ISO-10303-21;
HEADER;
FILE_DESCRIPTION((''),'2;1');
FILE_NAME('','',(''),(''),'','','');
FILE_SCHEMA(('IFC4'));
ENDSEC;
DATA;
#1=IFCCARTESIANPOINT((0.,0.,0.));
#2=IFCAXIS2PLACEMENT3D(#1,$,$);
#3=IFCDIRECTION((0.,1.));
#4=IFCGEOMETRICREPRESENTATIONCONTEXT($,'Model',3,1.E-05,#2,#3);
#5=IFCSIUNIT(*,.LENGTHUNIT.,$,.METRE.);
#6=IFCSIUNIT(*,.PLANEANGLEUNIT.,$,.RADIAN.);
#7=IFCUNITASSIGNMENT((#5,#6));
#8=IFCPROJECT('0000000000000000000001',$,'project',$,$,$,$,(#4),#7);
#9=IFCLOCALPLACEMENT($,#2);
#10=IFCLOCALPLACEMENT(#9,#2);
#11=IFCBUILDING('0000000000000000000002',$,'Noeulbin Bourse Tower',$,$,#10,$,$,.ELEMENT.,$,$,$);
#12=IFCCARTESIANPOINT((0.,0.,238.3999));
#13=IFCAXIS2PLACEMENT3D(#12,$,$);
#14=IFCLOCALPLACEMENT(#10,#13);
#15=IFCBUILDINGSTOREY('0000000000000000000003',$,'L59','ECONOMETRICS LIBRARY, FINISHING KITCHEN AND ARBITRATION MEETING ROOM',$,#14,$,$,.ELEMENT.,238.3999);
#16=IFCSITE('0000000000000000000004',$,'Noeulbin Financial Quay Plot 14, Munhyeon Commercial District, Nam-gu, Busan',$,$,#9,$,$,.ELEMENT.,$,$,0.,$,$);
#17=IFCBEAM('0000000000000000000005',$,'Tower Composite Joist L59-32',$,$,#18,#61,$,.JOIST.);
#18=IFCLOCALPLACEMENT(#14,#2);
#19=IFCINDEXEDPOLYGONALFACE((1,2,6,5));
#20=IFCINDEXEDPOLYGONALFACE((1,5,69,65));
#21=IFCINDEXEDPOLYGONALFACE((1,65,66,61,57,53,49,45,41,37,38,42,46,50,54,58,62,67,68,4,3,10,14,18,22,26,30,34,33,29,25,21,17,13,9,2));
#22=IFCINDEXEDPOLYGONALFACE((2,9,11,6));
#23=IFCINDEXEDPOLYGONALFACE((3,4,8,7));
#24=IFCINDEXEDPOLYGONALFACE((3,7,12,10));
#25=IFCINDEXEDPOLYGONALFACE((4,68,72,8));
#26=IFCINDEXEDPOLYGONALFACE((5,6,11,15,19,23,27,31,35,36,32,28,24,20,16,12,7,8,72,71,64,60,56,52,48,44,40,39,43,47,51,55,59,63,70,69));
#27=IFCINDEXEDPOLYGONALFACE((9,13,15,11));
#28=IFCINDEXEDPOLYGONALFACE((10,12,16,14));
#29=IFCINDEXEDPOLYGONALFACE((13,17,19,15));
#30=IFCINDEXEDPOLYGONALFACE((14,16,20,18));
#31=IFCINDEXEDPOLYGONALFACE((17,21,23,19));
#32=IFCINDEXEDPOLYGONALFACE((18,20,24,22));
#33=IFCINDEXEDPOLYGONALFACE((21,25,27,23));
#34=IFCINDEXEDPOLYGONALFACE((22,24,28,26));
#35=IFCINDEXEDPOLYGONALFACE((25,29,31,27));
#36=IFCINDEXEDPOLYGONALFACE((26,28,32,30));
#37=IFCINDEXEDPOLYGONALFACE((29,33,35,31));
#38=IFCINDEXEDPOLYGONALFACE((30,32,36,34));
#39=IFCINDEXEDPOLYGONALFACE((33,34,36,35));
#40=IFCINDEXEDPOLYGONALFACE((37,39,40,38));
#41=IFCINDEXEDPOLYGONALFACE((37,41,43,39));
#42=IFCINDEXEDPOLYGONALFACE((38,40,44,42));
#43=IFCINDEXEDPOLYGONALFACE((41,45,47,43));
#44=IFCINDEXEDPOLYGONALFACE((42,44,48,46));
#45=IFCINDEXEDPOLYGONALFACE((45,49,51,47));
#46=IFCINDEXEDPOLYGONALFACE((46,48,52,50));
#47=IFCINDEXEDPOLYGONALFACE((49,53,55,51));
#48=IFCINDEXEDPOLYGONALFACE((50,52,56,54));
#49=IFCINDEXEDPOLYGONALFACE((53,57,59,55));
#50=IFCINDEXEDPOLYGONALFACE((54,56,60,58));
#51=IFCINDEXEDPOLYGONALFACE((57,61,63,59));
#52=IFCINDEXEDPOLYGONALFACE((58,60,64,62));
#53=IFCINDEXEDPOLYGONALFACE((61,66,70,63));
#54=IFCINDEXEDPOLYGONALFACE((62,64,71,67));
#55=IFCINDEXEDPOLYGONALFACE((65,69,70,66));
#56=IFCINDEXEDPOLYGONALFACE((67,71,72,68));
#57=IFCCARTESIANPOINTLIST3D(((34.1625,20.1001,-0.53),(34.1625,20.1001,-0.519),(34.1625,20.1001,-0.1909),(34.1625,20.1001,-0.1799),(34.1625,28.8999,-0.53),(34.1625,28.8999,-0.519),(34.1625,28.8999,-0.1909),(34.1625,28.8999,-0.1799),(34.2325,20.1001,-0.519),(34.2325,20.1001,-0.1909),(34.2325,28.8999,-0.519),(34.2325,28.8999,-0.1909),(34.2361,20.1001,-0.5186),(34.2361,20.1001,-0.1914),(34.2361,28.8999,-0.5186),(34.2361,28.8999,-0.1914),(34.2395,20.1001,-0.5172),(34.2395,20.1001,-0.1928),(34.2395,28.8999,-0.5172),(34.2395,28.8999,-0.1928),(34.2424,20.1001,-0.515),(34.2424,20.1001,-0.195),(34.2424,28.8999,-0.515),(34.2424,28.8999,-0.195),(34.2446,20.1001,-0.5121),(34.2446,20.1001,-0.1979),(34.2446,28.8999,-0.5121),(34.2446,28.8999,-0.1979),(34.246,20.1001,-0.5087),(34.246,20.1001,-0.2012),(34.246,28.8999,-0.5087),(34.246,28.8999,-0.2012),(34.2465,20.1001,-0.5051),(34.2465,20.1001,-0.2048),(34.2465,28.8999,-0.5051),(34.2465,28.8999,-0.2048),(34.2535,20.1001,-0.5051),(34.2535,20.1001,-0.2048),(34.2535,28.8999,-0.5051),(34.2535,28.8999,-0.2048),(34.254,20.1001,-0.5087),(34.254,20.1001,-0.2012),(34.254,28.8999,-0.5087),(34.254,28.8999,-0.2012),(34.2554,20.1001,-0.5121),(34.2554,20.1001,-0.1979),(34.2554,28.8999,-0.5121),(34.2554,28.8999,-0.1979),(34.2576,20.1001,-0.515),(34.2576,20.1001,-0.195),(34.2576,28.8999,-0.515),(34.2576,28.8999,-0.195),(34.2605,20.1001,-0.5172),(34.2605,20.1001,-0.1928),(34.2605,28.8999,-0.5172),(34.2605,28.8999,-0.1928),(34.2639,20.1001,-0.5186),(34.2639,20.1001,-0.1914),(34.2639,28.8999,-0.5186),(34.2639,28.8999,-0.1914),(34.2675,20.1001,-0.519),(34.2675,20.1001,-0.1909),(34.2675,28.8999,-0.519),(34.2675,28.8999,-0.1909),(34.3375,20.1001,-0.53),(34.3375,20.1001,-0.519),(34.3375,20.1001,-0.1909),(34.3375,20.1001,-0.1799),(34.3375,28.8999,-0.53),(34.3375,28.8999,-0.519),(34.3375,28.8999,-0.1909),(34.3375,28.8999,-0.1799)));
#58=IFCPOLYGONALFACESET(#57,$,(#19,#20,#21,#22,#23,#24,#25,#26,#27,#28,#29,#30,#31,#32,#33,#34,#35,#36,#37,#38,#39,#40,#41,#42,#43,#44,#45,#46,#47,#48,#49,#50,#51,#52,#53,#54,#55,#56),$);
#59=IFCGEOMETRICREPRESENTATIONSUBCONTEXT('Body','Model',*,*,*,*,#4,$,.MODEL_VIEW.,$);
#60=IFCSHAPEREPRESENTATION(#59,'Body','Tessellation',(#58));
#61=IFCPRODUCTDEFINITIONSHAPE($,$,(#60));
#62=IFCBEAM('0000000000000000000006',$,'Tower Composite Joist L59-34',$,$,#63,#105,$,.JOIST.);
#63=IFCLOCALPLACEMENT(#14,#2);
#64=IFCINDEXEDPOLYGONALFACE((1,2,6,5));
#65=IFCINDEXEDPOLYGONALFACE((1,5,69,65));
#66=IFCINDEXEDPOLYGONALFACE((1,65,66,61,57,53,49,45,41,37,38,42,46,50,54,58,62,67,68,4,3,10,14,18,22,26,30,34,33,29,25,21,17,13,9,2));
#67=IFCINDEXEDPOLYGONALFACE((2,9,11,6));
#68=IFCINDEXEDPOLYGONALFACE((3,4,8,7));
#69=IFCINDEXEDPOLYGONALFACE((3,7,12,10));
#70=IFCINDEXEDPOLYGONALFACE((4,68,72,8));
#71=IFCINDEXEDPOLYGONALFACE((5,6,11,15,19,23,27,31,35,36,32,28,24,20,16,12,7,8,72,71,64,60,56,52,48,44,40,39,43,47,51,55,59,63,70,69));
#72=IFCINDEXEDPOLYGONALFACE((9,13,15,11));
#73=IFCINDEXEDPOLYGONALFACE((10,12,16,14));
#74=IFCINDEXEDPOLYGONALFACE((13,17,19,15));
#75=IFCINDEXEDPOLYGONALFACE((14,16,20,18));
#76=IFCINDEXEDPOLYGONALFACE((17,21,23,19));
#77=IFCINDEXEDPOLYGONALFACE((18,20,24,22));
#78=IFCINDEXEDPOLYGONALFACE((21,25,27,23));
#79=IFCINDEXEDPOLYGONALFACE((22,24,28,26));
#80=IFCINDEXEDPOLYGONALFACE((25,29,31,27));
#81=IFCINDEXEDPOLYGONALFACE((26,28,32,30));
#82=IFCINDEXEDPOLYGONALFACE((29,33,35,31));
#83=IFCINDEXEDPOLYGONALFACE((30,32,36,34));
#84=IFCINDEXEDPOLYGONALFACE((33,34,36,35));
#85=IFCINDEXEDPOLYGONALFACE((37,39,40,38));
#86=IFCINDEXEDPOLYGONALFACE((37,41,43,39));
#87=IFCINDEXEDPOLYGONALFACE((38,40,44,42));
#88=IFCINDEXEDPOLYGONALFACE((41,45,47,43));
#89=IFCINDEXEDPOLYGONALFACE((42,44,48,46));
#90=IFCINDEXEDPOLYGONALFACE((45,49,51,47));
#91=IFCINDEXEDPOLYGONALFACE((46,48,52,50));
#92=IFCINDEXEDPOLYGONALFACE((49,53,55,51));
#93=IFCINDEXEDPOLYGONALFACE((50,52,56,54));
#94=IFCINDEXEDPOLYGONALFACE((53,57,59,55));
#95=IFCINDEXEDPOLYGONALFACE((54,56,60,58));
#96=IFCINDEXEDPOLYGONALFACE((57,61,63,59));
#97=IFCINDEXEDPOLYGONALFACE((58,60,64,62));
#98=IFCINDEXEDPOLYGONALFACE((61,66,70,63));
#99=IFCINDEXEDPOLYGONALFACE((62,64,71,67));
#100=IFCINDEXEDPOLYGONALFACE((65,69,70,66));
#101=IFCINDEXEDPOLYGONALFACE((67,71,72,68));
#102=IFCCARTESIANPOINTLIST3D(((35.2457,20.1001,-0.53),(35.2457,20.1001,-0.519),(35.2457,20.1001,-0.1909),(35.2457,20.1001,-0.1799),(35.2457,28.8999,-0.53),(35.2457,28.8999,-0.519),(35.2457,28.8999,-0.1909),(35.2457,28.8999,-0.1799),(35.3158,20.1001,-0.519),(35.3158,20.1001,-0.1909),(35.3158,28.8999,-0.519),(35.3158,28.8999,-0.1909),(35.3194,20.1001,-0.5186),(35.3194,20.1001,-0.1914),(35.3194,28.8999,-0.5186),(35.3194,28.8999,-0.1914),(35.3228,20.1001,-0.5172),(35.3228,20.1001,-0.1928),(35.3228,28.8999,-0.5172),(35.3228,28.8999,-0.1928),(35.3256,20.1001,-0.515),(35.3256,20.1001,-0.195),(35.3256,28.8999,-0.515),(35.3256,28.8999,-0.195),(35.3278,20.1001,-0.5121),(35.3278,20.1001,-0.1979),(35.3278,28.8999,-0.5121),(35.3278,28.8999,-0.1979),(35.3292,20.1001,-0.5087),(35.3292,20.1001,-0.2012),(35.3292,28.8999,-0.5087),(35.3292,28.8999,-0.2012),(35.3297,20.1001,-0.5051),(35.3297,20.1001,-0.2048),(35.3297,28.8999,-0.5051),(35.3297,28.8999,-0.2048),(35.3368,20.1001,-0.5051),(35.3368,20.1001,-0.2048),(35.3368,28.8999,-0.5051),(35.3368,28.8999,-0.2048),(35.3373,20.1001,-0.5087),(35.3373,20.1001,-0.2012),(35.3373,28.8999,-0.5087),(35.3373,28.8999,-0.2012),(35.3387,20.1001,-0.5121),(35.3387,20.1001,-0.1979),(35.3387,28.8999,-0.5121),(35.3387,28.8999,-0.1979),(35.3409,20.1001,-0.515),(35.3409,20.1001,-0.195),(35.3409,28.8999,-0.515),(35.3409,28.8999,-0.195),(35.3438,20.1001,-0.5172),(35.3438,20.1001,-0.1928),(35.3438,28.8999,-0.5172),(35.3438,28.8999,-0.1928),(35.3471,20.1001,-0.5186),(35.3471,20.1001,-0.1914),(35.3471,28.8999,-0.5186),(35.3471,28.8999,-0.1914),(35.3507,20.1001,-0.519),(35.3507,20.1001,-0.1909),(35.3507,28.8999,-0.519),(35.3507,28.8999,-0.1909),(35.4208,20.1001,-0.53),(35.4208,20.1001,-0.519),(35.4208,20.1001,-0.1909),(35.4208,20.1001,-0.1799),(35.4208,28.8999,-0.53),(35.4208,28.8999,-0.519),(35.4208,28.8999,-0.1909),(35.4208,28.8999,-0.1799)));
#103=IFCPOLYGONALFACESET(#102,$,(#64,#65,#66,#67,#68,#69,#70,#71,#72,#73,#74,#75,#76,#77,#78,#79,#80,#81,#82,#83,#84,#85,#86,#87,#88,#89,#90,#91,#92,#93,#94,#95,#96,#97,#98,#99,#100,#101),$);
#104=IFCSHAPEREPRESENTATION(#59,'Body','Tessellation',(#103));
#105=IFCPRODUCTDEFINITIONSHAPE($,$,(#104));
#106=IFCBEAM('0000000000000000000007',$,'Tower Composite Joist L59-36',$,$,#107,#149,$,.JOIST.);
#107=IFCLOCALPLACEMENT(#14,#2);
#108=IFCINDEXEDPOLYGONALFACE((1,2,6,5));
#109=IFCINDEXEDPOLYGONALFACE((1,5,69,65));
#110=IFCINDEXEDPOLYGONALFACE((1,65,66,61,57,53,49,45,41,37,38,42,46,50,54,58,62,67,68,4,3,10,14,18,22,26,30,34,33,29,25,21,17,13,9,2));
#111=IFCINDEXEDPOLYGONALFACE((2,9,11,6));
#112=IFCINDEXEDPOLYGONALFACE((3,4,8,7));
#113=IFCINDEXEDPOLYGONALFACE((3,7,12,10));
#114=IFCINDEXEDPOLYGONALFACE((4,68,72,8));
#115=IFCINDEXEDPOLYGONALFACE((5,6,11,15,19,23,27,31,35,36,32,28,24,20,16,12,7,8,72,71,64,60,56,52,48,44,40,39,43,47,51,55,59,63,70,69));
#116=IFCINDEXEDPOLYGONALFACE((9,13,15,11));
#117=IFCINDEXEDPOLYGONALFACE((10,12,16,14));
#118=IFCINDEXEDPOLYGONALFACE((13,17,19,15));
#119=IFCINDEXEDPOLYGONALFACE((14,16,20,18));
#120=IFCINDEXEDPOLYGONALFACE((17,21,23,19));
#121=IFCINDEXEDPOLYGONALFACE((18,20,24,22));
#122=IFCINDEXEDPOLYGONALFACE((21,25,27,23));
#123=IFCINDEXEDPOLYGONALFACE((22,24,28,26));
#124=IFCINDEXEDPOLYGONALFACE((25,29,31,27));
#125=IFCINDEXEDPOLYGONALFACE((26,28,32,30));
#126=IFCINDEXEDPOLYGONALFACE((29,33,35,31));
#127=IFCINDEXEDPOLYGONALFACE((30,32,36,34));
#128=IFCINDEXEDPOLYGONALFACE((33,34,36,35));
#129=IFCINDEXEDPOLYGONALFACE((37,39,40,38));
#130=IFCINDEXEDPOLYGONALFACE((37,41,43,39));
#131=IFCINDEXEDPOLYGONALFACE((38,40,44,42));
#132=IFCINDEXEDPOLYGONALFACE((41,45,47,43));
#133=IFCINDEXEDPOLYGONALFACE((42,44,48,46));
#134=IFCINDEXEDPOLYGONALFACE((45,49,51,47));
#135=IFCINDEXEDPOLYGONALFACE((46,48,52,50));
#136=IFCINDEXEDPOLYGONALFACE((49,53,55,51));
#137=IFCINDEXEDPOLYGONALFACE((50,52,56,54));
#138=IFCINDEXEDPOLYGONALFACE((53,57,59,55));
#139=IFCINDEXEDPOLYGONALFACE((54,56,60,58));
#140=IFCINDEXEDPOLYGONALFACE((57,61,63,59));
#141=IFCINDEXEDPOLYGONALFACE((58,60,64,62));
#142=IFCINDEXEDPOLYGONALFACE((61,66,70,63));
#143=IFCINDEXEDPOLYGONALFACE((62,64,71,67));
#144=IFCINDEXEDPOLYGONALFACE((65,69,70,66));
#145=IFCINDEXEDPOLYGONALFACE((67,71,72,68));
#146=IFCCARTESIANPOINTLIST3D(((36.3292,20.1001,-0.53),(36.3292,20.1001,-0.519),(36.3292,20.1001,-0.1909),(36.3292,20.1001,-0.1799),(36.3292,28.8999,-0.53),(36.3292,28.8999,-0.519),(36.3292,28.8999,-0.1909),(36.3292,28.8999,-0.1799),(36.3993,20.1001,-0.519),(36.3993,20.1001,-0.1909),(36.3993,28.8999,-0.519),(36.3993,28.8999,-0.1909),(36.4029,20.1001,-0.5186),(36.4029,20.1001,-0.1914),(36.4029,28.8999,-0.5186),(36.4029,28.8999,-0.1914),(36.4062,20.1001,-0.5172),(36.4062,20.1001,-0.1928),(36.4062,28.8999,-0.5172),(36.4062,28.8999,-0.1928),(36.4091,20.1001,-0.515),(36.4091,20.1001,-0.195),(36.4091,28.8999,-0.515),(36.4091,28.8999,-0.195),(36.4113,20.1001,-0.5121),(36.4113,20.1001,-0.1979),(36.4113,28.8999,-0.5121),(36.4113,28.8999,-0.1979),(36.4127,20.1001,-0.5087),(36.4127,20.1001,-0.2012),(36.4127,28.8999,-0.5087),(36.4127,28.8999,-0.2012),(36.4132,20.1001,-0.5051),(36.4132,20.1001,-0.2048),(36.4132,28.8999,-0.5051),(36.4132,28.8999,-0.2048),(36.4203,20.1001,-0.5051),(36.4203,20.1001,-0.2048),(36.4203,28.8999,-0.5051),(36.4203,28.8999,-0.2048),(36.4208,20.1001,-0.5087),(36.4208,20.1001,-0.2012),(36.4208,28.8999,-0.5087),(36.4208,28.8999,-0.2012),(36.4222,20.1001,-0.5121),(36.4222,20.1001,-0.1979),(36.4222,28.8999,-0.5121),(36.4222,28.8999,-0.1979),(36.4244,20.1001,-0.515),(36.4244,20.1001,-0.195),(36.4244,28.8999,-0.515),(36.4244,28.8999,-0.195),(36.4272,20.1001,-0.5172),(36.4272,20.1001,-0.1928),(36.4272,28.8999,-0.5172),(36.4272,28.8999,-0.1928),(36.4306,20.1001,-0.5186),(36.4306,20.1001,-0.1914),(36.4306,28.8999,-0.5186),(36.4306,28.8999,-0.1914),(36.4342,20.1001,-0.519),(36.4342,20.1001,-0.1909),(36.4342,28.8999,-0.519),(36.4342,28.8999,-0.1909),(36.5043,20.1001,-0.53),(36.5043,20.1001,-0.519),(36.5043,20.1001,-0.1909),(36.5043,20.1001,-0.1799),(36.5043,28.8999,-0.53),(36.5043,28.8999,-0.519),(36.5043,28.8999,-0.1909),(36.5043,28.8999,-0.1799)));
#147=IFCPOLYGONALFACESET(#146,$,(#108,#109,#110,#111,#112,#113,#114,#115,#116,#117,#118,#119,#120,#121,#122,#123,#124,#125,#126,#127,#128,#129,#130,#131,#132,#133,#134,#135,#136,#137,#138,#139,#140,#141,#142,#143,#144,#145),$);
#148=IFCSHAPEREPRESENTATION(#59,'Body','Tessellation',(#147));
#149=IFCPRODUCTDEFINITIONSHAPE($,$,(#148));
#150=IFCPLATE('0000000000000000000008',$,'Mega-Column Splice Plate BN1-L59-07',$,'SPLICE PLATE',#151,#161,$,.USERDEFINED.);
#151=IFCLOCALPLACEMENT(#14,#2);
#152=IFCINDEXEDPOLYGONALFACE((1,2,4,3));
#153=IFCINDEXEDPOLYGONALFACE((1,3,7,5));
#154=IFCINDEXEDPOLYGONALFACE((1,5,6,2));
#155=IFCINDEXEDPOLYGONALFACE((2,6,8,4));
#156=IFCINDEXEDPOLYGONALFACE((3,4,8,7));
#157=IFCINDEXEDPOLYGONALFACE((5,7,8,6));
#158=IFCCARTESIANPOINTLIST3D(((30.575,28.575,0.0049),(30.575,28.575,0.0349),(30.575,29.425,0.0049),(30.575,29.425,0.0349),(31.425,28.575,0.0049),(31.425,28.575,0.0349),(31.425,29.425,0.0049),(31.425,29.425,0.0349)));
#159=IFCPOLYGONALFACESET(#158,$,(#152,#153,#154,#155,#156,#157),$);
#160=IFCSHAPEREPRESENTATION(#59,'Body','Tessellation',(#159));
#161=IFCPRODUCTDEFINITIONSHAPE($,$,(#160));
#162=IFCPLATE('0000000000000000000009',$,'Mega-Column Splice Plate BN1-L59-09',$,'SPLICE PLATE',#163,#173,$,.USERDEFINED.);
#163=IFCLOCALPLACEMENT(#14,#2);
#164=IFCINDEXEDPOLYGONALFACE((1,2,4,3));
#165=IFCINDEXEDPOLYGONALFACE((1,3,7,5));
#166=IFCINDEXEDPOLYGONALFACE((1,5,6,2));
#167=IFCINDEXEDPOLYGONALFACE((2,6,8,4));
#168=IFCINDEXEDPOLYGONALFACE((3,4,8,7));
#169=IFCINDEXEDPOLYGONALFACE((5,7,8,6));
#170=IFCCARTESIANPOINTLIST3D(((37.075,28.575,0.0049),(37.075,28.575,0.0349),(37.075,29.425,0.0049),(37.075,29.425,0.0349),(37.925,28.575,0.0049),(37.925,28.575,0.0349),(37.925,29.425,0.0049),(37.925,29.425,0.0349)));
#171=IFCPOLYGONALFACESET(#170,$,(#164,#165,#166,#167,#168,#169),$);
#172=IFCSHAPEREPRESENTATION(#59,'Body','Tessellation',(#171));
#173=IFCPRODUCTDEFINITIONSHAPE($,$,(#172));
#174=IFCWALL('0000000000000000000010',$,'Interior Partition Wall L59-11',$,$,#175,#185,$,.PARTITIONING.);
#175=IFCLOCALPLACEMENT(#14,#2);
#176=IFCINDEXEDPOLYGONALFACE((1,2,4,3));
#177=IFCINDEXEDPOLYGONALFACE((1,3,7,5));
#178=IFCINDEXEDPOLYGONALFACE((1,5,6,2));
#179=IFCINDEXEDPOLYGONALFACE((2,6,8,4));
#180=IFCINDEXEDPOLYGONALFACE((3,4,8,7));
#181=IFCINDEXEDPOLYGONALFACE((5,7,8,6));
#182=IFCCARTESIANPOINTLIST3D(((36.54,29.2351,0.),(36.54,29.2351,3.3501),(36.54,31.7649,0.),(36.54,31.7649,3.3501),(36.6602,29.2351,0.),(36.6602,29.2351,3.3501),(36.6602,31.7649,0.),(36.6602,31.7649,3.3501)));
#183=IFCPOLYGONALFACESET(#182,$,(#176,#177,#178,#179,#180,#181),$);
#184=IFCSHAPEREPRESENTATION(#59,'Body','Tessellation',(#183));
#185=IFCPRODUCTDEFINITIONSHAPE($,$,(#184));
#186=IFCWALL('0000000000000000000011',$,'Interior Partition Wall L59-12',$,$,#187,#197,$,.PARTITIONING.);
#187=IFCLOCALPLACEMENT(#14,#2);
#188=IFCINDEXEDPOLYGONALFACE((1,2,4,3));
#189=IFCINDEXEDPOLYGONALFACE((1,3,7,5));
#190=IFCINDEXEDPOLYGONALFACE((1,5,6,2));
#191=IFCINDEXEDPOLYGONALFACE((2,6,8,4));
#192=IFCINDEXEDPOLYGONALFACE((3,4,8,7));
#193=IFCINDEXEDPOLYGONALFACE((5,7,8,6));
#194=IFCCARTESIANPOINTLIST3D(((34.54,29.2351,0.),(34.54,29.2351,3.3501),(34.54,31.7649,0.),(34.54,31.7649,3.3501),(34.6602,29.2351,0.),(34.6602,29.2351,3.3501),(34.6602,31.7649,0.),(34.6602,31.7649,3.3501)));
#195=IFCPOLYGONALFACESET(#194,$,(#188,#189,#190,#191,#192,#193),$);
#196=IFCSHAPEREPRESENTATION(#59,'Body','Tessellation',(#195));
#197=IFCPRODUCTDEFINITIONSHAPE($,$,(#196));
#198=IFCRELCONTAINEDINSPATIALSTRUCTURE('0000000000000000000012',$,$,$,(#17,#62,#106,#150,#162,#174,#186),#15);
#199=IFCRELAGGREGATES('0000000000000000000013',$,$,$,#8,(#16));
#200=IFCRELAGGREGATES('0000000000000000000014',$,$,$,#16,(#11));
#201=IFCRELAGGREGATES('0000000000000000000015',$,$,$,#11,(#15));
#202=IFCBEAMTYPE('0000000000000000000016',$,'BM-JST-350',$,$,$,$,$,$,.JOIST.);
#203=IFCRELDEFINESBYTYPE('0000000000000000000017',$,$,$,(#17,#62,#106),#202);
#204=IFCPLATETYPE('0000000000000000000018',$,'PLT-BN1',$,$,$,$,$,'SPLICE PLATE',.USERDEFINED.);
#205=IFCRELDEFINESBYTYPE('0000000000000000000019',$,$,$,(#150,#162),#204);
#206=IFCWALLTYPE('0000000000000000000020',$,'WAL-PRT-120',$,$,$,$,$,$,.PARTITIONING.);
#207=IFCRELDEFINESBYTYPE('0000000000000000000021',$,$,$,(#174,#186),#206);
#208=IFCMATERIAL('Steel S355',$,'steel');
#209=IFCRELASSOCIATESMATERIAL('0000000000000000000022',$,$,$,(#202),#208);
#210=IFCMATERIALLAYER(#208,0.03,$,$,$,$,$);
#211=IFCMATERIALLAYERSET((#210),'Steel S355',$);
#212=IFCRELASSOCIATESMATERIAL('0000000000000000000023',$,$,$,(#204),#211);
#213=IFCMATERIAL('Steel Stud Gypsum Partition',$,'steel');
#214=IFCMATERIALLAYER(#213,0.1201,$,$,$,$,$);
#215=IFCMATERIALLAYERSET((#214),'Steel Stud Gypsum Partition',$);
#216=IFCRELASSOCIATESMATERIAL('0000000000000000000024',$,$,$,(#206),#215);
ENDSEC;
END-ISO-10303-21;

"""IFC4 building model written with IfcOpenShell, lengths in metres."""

from ifc_helpers import new_model, si_unit, direction, frame, frame_2d, origin, origin_2d, place, context, subcontext, project, spatial, rectangle, i_section, extrude, material, layer, layer_set, material_profile, profile_set, type_object, element, save


model = new_model("IFC4")

# Units and contexts
model_context = context("Model", 3, precision=1e-05, world=origin(), true_north=direction((0.0, 1.0)))
body_context = subcontext(model_context, "Body", "Model", "MODEL_VIEW")
ifc_project = project(units=[si_unit("LENGTHUNIT", "METRE"), si_unit("PLANEANGLEUNIT", "RADIAN")], contexts=[model_context])

# Site, building, storey
site_placement = place(None, origin())
site = spatial("IfcSite", under=ifc_project, at=site_placement, Name="Noeulbin Financial Quay Plot 14, Munhyeon Commercial District, Nam-gu, Busan", CompositionType="ELEMENT", RefElevation=0.0)
building_placement = place(site_placement, origin())
building = spatial("IfcBuilding", under=site, at=building_placement, Name="Noeulbin Bourse Tower", CompositionType="ELEMENT")
storey_placement = place(building_placement, frame((0.0, 0.0, 238.3999)))
storey = spatial("IfcBuildingStorey", under=building, at=storey_placement, Name="L59", Description="ECONOMETRICS LIBRARY, FINISHING KITCHEN AND ARBITRATION MEETING ROOM", CompositionType="ELEMENT", Elevation=238.3999)

# Shared definitions
ifc_material_1 = material(Name="Steel S355", Category="steel")

# Beams
ifc_material_profile_1 = material_profile(ifc_material_1, i_section(OverallWidth=0.175, OverallDepth=0.3501, WebThickness=0.0071, FlangeThickness=0.011, FilletRadius=0.0139, at=origin_2d()), Name="H-350x175x7x11", Category="LoadBearing")
ifc_profile_set_1 = profile_set([ifc_material_profile_1], Name="Steel S355")
beam_type = type_object("IfcBeamType", Name="BM-JST-350", PredefinedType="JOIST", material=ifc_profile_set_1)
for number, where, z_axis, x_axis, name in (
    (1, (34.25, 20.1001, -0.355), (0.0, 1.0, 0.0), (-1.0, 0.0, 0.0), "Tower Composite Joist L59-32"),
    (2, (35.3333, 20.1001, -0.355), (0.0, 1.0, 0.0), (-1.0, 0.0, 0.0), "Tower Composite Joist L59-34"),
    (3, (36.4167, 20.1001, -0.355), (0.0, 1.0, 0.0), (-1.0, 0.0, 0.0), "Tower Composite Joist L59-36"),
):
    element("IfcBeam", number, at=place(storey_placement, frame(where, z_axis=z_axis, x_axis=x_axis)), inside=storey, type_object=beam_type, Name=name, PredefinedType="JOIST", context=body_context, shape_type="SweptSolid", body=[
        extrude(i_section(OverallWidth=0.175, OverallDepth=0.3501, WebThickness=0.0071, FlangeThickness=0.011, FilletRadius=0.0139, at=origin_2d()), origin(), (0.0, 0.0, 1.0), 8.7998),
    ])

# Plates
ifc_layer_1 = layer(ifc_material_1, 0.03)
ifc_layer_set_1 = layer_set([ifc_layer_1], Name="Steel S355")
plate_type = type_object("IfcPlateType", Name="PLT-BN1", ElementType="SPLICE PLATE", PredefinedType="USERDEFINED", material=ifc_layer_set_1)
for number, where, z_axis, x_axis, name in (
    (4, (31.0, 29.0, 0.0049), (0.0, 0.0, 1.0), (1.0, 0.0, 0.0), "Mega-Column Splice Plate BN1-L59-07"),
    (5, (37.5, 29.0, 0.0049), (0.0, 0.0, 1.0), (1.0, 0.0, 0.0), "Mega-Column Splice Plate BN1-L59-09"),
):
    element("IfcPlate", number, at=place(storey_placement, frame(where, z_axis=z_axis, x_axis=x_axis)), inside=storey, type_object=plate_type, Name=name, ObjectType="SPLICE PLATE", PredefinedType="USERDEFINED", context=body_context, shape_type="SweptSolid", body=[
        extrude(rectangle(XDim=0.8501, YDim=0.8501, at=origin_2d()), origin(), (0.0, 0.0, 1.0), 0.03),
    ])

# Walls
ifc_material_2 = material(Name="Steel Stud Gypsum Partition", Category="steel")
ifc_layer_2 = layer(ifc_material_2, 0.1201)
ifc_layer_set_2 = layer_set([ifc_layer_2], Name="Steel Stud Gypsum Partition")
wall_type_1 = type_object("IfcWallType", Name="WAL-PRT-120", PredefinedType="PARTITIONING", material=ifc_layer_set_2)
for number, where, z_axis, x_axis, name in (
    (6, (36.6001, 29.2351, 0.0), (0.0, 0.0, 1.0), (0.0, 1.0, 0.0), "Interior Partition Wall L59-11"),
    (7, (34.6001, 29.2351, 0.0), (0.0, 0.0, 1.0), (0.0, 1.0, 0.0), "Interior Partition Wall L59-12"),
):
    element("IfcWall", number, at=place(storey_placement, frame(where, z_axis=z_axis, x_axis=x_axis)), inside=storey, type_object=wall_type_1, Name=name, PredefinedType="PARTITIONING", context=body_context, shape_type="SweptSolid", body=[
        extrude(rectangle(XDim=2.5298, YDim=0.1201, at=frame_2d((1.2649, 0.0))), origin(), (0.0, 0.0, 1.0), 3.3501),
    ])

save(model, "model.ifc")
